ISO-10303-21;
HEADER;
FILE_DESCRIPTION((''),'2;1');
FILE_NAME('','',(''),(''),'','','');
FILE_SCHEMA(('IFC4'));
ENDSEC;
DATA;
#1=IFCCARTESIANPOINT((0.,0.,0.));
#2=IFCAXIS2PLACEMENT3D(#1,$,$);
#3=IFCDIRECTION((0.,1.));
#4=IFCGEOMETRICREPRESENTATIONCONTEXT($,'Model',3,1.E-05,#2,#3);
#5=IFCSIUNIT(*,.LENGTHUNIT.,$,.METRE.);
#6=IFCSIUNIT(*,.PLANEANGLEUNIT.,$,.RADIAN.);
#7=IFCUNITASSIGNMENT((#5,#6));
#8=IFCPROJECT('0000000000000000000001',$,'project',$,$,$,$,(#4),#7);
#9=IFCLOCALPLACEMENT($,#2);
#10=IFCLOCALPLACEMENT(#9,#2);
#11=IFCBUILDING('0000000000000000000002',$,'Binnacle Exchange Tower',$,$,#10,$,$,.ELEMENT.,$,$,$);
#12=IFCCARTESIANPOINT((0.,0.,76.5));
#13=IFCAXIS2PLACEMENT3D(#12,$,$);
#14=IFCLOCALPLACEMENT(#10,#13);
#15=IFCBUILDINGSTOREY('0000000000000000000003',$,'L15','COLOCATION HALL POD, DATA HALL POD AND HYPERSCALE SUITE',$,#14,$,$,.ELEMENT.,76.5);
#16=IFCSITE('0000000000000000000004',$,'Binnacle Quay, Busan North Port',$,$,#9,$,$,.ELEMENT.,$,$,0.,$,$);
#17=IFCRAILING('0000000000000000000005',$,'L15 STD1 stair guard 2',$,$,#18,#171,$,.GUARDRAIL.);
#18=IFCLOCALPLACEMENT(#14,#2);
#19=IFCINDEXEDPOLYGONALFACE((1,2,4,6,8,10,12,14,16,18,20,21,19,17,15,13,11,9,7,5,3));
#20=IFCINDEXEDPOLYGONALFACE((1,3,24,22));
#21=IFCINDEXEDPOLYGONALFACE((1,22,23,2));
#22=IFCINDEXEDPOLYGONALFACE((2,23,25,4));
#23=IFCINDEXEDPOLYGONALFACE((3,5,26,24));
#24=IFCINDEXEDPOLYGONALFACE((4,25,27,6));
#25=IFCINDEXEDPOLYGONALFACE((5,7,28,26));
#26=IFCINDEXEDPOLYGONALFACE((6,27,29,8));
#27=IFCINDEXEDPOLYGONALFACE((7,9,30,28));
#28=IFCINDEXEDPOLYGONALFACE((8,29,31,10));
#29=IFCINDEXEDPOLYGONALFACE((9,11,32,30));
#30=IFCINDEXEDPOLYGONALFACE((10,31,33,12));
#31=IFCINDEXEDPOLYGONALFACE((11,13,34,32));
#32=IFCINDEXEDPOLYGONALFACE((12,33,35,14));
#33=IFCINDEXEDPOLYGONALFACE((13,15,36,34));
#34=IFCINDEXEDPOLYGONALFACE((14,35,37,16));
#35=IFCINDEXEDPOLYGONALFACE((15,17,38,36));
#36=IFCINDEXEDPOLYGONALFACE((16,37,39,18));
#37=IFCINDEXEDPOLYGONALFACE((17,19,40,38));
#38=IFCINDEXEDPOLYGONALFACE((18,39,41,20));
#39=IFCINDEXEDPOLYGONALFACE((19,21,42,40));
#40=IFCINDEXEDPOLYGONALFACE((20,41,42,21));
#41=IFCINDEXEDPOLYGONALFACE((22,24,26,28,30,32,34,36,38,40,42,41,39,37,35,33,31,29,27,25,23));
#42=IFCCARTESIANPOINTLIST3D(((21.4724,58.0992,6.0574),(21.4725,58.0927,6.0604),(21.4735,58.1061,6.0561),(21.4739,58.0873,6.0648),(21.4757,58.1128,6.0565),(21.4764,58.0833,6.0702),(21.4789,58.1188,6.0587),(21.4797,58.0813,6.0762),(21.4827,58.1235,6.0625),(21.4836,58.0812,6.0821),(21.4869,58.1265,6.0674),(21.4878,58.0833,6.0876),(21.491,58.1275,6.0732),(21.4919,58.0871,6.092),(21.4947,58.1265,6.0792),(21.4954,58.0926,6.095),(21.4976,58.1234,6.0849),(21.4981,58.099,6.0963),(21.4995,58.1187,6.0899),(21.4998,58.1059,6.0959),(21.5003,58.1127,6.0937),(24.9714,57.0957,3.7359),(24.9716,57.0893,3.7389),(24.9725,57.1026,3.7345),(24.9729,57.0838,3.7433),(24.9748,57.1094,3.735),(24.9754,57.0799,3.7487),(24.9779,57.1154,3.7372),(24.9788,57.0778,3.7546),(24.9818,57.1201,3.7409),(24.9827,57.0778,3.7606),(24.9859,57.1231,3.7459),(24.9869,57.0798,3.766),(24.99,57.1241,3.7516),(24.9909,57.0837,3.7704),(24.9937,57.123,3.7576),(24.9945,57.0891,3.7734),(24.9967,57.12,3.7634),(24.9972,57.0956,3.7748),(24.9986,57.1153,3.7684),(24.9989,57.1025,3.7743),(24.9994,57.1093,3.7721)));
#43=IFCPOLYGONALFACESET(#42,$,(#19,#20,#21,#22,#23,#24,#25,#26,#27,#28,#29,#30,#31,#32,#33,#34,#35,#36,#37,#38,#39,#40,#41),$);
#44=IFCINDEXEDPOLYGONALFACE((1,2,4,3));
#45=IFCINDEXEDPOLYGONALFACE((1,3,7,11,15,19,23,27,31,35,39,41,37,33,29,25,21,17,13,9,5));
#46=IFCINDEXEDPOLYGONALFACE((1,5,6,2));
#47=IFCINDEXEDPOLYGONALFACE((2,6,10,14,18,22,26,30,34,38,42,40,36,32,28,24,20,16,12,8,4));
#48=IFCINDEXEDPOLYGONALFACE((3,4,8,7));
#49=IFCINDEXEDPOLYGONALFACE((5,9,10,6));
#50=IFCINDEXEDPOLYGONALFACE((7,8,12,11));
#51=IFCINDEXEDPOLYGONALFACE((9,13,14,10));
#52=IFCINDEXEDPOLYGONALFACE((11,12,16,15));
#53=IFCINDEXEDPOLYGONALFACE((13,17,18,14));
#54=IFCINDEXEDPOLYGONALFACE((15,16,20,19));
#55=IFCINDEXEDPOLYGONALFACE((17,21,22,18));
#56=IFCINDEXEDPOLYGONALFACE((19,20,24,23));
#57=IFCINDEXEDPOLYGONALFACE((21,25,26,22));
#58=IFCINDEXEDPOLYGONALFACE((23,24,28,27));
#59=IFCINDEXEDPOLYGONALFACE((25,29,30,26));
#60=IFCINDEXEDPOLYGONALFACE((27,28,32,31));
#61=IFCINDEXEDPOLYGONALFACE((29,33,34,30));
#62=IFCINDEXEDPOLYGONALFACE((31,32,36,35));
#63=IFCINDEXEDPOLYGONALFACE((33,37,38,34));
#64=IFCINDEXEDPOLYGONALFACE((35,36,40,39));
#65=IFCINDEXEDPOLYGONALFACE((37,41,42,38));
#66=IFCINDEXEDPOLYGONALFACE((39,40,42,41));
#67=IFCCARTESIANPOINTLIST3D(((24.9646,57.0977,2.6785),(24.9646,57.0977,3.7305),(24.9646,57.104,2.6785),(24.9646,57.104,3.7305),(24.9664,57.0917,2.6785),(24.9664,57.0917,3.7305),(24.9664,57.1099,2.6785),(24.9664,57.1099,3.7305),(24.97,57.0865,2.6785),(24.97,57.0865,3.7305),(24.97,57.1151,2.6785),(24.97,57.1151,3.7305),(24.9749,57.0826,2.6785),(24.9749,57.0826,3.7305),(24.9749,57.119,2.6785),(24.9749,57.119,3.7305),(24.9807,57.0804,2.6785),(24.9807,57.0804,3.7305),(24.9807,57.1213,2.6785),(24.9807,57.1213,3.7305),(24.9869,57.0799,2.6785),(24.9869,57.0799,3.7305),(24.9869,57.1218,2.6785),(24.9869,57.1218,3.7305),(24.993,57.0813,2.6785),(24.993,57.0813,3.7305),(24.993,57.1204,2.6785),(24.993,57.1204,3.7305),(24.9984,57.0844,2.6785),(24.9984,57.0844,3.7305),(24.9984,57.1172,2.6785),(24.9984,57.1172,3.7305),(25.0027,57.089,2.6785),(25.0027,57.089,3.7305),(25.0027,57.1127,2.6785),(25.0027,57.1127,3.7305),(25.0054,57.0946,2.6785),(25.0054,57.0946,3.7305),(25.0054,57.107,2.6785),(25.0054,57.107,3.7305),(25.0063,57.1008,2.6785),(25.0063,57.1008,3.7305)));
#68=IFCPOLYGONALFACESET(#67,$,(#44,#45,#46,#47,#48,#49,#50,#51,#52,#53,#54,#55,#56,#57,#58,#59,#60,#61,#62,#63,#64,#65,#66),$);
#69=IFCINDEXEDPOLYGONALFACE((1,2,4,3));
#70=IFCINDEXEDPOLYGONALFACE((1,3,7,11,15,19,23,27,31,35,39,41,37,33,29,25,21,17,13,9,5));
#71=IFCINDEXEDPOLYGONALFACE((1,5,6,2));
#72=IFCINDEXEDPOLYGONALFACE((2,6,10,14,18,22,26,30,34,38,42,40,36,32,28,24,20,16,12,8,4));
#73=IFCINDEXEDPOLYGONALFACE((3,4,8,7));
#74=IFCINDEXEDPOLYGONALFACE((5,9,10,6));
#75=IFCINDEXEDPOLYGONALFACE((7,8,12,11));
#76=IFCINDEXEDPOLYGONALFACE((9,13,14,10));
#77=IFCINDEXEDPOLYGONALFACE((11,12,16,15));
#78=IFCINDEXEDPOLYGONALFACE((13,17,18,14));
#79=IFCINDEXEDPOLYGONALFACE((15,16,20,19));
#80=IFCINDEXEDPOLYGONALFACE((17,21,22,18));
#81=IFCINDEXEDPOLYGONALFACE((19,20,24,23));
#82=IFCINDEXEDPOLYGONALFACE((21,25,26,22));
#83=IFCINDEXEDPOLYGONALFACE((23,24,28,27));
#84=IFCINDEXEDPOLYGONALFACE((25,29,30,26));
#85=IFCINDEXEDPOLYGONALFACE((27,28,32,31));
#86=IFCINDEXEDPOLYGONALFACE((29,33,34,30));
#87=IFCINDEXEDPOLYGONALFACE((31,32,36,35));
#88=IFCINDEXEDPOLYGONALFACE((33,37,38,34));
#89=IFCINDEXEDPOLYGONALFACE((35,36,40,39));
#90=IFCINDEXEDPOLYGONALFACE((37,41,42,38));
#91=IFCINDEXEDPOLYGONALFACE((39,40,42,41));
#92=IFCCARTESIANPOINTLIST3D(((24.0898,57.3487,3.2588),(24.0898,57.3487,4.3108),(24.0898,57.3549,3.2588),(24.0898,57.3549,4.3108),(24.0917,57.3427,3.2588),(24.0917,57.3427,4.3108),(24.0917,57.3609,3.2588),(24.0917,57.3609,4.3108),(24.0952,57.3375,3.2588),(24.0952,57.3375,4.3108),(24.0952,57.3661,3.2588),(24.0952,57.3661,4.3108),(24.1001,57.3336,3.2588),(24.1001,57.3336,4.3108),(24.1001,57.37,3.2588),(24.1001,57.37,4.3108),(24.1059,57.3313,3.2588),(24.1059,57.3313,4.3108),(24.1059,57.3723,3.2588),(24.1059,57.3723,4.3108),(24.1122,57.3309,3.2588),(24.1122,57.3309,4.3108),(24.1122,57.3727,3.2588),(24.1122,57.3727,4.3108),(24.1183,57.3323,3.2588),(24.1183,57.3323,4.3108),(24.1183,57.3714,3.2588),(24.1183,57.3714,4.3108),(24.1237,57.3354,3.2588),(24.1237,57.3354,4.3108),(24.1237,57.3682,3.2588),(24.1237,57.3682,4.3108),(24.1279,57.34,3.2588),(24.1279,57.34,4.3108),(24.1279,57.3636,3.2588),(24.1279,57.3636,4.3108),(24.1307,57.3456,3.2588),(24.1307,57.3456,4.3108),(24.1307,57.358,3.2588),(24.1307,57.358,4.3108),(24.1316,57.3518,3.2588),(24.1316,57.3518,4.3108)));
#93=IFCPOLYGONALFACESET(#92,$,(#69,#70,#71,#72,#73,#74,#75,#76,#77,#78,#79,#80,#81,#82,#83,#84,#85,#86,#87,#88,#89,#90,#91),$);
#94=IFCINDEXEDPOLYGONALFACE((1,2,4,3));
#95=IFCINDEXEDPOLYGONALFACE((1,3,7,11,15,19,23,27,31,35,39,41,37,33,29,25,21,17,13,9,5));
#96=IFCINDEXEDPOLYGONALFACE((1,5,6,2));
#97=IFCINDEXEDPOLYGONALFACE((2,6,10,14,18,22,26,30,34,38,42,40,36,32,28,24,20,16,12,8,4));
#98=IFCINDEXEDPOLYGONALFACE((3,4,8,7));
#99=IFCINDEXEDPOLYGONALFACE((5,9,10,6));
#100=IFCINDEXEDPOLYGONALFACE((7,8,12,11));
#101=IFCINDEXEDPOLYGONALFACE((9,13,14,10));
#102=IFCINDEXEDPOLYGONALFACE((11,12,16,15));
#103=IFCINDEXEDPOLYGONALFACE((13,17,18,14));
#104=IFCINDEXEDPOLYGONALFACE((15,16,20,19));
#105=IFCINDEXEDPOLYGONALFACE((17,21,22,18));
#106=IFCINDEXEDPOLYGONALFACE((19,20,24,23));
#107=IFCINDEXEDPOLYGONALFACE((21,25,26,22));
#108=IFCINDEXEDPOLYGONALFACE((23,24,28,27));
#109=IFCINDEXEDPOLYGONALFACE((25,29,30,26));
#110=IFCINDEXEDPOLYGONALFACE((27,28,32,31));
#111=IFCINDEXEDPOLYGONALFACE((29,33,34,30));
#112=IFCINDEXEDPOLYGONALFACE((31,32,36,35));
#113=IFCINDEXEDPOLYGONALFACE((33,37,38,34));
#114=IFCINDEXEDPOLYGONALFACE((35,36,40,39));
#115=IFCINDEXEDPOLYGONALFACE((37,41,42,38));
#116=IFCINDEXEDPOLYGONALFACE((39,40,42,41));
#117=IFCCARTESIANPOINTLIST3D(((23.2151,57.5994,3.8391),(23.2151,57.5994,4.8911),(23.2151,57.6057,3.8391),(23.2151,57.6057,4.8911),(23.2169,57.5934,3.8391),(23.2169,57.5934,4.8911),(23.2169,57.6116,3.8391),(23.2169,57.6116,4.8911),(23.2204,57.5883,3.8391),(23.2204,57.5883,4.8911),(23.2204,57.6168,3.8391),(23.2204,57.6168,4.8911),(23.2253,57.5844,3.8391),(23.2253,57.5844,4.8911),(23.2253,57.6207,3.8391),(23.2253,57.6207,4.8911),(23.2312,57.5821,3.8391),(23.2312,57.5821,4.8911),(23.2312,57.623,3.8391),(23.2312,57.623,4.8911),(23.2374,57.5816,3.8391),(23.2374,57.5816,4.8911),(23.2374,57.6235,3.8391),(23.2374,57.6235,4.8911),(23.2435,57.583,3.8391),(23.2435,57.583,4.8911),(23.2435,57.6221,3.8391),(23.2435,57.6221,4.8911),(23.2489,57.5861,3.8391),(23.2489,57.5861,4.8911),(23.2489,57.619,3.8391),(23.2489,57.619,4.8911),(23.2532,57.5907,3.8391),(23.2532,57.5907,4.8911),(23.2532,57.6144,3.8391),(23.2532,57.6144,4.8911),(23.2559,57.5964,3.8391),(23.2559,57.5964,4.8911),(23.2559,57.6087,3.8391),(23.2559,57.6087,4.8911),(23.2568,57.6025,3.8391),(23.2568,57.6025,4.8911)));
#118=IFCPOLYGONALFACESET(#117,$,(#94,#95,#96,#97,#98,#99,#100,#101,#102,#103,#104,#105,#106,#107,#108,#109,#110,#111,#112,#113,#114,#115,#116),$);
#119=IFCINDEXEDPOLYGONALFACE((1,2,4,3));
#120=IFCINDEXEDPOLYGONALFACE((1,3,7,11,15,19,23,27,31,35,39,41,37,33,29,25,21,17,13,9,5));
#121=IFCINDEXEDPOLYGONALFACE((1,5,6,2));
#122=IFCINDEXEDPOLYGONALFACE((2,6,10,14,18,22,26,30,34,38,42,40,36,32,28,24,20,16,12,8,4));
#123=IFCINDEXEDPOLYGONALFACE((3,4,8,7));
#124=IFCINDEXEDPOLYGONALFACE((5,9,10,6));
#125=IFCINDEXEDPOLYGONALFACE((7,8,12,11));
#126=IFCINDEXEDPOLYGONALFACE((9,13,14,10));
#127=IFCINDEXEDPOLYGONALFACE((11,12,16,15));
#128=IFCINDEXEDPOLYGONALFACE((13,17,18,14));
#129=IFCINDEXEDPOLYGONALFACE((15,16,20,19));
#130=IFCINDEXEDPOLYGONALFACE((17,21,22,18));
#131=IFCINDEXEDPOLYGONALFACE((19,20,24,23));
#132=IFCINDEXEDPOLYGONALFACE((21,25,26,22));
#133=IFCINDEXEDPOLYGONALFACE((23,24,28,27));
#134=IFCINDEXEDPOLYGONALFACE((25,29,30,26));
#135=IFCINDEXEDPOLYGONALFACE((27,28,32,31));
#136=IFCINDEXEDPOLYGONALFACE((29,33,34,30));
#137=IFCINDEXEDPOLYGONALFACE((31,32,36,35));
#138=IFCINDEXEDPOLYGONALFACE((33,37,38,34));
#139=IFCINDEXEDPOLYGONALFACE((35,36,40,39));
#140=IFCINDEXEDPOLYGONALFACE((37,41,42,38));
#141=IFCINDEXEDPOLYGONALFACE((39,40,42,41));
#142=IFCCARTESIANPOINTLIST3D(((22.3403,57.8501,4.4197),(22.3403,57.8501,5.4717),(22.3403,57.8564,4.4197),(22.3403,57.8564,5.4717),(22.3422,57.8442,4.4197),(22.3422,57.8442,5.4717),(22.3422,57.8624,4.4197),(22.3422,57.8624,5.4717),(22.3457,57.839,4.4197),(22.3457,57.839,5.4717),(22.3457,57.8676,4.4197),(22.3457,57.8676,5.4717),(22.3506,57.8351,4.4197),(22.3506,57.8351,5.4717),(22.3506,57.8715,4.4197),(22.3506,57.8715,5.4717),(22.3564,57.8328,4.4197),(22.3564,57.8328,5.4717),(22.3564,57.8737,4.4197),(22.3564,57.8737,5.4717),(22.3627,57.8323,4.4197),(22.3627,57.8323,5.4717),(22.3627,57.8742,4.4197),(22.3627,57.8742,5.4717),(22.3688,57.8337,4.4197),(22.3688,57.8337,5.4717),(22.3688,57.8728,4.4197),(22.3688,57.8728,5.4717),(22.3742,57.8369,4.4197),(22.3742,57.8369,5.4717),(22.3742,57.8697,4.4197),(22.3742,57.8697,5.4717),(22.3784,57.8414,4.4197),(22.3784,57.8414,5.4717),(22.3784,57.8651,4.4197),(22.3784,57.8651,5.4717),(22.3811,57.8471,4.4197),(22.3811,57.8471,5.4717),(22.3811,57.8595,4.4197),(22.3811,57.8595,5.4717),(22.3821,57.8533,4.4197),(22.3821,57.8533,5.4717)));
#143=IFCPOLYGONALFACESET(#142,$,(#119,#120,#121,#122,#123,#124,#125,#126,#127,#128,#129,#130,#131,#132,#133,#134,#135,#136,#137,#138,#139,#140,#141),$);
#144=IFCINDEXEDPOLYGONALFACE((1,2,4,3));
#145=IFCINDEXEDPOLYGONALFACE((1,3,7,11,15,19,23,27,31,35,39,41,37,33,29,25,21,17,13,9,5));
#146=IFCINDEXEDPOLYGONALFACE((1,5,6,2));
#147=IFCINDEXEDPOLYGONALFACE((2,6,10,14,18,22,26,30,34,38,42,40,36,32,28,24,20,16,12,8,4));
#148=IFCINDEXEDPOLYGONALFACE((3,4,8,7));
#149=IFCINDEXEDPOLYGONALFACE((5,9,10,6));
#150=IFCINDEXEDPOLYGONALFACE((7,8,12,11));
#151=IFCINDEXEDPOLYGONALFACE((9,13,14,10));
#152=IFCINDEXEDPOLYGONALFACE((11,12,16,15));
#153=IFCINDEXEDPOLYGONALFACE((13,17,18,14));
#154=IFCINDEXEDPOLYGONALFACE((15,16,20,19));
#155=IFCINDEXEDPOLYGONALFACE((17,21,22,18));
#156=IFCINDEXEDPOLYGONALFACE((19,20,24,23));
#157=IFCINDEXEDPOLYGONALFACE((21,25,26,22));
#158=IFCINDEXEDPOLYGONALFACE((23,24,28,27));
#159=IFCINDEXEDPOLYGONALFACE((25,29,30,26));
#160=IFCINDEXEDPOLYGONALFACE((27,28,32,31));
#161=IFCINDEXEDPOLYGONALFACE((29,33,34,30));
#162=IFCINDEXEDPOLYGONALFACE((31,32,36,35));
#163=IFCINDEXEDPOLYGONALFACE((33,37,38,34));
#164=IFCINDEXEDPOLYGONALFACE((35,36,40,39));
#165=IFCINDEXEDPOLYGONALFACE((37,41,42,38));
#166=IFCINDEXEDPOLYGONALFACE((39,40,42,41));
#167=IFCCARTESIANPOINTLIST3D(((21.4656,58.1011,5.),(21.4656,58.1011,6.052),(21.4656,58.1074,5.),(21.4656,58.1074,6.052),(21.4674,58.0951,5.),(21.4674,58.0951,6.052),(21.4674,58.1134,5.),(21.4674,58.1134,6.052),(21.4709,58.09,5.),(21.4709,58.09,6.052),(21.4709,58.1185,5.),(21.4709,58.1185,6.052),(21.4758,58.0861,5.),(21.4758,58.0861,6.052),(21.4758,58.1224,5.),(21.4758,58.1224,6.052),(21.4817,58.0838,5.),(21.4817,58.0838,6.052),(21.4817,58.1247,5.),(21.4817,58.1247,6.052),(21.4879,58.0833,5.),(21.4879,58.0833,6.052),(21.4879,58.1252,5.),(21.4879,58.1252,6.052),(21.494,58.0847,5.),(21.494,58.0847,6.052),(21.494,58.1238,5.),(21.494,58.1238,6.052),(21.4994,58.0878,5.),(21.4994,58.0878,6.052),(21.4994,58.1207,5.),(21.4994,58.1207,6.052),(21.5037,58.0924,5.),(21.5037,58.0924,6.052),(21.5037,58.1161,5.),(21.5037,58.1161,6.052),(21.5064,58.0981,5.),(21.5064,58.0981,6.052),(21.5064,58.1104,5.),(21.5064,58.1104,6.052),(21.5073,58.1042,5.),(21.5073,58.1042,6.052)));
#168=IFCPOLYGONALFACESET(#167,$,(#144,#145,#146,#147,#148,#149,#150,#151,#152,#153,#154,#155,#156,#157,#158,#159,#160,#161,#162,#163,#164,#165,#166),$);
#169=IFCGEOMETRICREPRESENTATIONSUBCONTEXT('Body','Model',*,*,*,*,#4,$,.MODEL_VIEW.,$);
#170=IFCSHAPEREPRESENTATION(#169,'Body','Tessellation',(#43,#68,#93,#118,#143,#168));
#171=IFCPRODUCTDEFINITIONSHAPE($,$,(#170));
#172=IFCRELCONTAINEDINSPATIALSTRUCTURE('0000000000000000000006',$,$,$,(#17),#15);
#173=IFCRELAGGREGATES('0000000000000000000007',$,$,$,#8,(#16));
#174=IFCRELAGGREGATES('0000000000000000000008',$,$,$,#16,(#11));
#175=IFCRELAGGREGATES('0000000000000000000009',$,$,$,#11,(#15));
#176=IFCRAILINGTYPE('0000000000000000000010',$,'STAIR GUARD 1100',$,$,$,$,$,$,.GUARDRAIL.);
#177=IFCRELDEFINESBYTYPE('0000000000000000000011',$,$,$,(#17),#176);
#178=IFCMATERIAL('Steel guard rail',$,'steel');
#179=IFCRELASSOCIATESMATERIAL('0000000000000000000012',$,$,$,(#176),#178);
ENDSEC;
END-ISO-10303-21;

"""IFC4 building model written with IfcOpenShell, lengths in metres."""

from ifc_helpers import new_model, si_unit, direction, frame, origin, origin_2d, place, context, subcontext, project, spatial, circle, extrude, material, type_object, element, save


model = new_model("IFC4")

# Units and contexts
model_context = context("Model", 3, precision=1e-05, world=origin(), true_north=direction((0.0, 1.0)))
body_context = subcontext(model_context, "Body", "Model", "MODEL_VIEW")
ifc_project = project(units=[si_unit("LENGTHUNIT", "METRE"), si_unit("PLANEANGLEUNIT", "RADIAN")], contexts=[model_context])

# Site, building, storey
site_placement = place(None, origin())
site = spatial("IfcSite", under=ifc_project, at=site_placement, Name="Binnacle Quay, Busan North Port", CompositionType="ELEMENT", RefElevation=0.0)
building_placement = place(site_placement, origin())
building = spatial("IfcBuilding", under=site, at=building_placement, Name="Binnacle Exchange Tower", CompositionType="ELEMENT")
storey_placement = place(building_placement, frame((0.0, 0.0, 76.5)))
storey = spatial("IfcBuildingStorey", under=building, at=storey_placement, Name="L15", Description="COLOCATION HALL POD, DATA HALL POD AND HYPERSCALE SUITE", CompositionType="ELEMENT", Elevation=76.5)

# Railing
ifc_material_1 = material(Name="Steel guard rail", Category="steel")
railing_type_1 = type_object("IfcRailingType", Name="STAIR GUARD 1100", PredefinedType="GUARDRAIL", material=ifc_material_1)
railing_1_placement = place(storey_placement, frame((24.9854, 57.1008, 2.6785)))
element("IfcRailing", 1, at=railing_1_placement, inside=storey, type_object=railing_type_1, Name="L15 STD1 stair guard 2", PredefinedType="GUARDRAIL", context=body_context, shape_type="SweptSolid", body=[
    extrude(circle(Radius=0.0239, at=origin_2d()), frame((0.0, 0.0, 1.0762), z_axis=(-0.810456, 0.232415, 0.537722), x_axis=(-0.27566, -0.961255, 0.0)), (0.0, 0.0, 1.0), 4.3174),
    extrude(circle(Radius=0.021, at=origin_2d()), origin(), (0.0, 0.0, 1.0), 1.052),
    extrude(circle(Radius=0.021, at=origin_2d()), frame((-0.8748, 0.251, 0.5803)), (0.0, 0.0, 1.0), 1.052),
    extrude(circle(Radius=0.021, at=origin_2d()), frame((-1.7495, 0.5017, 1.1606)), (0.0, 0.0, 1.0), 1.052),
    extrude(circle(Radius=0.021, at=origin_2d()), frame((-2.6243, 0.7524, 1.7412)), (0.0, 0.0, 1.0), 1.052),
    extrude(circle(Radius=0.021, at=origin_2d()), frame((-3.499, 1.0034, 2.3215)), (0.0, 0.0, 1.0), 1.052),
])

save(model, "model.ifc")
